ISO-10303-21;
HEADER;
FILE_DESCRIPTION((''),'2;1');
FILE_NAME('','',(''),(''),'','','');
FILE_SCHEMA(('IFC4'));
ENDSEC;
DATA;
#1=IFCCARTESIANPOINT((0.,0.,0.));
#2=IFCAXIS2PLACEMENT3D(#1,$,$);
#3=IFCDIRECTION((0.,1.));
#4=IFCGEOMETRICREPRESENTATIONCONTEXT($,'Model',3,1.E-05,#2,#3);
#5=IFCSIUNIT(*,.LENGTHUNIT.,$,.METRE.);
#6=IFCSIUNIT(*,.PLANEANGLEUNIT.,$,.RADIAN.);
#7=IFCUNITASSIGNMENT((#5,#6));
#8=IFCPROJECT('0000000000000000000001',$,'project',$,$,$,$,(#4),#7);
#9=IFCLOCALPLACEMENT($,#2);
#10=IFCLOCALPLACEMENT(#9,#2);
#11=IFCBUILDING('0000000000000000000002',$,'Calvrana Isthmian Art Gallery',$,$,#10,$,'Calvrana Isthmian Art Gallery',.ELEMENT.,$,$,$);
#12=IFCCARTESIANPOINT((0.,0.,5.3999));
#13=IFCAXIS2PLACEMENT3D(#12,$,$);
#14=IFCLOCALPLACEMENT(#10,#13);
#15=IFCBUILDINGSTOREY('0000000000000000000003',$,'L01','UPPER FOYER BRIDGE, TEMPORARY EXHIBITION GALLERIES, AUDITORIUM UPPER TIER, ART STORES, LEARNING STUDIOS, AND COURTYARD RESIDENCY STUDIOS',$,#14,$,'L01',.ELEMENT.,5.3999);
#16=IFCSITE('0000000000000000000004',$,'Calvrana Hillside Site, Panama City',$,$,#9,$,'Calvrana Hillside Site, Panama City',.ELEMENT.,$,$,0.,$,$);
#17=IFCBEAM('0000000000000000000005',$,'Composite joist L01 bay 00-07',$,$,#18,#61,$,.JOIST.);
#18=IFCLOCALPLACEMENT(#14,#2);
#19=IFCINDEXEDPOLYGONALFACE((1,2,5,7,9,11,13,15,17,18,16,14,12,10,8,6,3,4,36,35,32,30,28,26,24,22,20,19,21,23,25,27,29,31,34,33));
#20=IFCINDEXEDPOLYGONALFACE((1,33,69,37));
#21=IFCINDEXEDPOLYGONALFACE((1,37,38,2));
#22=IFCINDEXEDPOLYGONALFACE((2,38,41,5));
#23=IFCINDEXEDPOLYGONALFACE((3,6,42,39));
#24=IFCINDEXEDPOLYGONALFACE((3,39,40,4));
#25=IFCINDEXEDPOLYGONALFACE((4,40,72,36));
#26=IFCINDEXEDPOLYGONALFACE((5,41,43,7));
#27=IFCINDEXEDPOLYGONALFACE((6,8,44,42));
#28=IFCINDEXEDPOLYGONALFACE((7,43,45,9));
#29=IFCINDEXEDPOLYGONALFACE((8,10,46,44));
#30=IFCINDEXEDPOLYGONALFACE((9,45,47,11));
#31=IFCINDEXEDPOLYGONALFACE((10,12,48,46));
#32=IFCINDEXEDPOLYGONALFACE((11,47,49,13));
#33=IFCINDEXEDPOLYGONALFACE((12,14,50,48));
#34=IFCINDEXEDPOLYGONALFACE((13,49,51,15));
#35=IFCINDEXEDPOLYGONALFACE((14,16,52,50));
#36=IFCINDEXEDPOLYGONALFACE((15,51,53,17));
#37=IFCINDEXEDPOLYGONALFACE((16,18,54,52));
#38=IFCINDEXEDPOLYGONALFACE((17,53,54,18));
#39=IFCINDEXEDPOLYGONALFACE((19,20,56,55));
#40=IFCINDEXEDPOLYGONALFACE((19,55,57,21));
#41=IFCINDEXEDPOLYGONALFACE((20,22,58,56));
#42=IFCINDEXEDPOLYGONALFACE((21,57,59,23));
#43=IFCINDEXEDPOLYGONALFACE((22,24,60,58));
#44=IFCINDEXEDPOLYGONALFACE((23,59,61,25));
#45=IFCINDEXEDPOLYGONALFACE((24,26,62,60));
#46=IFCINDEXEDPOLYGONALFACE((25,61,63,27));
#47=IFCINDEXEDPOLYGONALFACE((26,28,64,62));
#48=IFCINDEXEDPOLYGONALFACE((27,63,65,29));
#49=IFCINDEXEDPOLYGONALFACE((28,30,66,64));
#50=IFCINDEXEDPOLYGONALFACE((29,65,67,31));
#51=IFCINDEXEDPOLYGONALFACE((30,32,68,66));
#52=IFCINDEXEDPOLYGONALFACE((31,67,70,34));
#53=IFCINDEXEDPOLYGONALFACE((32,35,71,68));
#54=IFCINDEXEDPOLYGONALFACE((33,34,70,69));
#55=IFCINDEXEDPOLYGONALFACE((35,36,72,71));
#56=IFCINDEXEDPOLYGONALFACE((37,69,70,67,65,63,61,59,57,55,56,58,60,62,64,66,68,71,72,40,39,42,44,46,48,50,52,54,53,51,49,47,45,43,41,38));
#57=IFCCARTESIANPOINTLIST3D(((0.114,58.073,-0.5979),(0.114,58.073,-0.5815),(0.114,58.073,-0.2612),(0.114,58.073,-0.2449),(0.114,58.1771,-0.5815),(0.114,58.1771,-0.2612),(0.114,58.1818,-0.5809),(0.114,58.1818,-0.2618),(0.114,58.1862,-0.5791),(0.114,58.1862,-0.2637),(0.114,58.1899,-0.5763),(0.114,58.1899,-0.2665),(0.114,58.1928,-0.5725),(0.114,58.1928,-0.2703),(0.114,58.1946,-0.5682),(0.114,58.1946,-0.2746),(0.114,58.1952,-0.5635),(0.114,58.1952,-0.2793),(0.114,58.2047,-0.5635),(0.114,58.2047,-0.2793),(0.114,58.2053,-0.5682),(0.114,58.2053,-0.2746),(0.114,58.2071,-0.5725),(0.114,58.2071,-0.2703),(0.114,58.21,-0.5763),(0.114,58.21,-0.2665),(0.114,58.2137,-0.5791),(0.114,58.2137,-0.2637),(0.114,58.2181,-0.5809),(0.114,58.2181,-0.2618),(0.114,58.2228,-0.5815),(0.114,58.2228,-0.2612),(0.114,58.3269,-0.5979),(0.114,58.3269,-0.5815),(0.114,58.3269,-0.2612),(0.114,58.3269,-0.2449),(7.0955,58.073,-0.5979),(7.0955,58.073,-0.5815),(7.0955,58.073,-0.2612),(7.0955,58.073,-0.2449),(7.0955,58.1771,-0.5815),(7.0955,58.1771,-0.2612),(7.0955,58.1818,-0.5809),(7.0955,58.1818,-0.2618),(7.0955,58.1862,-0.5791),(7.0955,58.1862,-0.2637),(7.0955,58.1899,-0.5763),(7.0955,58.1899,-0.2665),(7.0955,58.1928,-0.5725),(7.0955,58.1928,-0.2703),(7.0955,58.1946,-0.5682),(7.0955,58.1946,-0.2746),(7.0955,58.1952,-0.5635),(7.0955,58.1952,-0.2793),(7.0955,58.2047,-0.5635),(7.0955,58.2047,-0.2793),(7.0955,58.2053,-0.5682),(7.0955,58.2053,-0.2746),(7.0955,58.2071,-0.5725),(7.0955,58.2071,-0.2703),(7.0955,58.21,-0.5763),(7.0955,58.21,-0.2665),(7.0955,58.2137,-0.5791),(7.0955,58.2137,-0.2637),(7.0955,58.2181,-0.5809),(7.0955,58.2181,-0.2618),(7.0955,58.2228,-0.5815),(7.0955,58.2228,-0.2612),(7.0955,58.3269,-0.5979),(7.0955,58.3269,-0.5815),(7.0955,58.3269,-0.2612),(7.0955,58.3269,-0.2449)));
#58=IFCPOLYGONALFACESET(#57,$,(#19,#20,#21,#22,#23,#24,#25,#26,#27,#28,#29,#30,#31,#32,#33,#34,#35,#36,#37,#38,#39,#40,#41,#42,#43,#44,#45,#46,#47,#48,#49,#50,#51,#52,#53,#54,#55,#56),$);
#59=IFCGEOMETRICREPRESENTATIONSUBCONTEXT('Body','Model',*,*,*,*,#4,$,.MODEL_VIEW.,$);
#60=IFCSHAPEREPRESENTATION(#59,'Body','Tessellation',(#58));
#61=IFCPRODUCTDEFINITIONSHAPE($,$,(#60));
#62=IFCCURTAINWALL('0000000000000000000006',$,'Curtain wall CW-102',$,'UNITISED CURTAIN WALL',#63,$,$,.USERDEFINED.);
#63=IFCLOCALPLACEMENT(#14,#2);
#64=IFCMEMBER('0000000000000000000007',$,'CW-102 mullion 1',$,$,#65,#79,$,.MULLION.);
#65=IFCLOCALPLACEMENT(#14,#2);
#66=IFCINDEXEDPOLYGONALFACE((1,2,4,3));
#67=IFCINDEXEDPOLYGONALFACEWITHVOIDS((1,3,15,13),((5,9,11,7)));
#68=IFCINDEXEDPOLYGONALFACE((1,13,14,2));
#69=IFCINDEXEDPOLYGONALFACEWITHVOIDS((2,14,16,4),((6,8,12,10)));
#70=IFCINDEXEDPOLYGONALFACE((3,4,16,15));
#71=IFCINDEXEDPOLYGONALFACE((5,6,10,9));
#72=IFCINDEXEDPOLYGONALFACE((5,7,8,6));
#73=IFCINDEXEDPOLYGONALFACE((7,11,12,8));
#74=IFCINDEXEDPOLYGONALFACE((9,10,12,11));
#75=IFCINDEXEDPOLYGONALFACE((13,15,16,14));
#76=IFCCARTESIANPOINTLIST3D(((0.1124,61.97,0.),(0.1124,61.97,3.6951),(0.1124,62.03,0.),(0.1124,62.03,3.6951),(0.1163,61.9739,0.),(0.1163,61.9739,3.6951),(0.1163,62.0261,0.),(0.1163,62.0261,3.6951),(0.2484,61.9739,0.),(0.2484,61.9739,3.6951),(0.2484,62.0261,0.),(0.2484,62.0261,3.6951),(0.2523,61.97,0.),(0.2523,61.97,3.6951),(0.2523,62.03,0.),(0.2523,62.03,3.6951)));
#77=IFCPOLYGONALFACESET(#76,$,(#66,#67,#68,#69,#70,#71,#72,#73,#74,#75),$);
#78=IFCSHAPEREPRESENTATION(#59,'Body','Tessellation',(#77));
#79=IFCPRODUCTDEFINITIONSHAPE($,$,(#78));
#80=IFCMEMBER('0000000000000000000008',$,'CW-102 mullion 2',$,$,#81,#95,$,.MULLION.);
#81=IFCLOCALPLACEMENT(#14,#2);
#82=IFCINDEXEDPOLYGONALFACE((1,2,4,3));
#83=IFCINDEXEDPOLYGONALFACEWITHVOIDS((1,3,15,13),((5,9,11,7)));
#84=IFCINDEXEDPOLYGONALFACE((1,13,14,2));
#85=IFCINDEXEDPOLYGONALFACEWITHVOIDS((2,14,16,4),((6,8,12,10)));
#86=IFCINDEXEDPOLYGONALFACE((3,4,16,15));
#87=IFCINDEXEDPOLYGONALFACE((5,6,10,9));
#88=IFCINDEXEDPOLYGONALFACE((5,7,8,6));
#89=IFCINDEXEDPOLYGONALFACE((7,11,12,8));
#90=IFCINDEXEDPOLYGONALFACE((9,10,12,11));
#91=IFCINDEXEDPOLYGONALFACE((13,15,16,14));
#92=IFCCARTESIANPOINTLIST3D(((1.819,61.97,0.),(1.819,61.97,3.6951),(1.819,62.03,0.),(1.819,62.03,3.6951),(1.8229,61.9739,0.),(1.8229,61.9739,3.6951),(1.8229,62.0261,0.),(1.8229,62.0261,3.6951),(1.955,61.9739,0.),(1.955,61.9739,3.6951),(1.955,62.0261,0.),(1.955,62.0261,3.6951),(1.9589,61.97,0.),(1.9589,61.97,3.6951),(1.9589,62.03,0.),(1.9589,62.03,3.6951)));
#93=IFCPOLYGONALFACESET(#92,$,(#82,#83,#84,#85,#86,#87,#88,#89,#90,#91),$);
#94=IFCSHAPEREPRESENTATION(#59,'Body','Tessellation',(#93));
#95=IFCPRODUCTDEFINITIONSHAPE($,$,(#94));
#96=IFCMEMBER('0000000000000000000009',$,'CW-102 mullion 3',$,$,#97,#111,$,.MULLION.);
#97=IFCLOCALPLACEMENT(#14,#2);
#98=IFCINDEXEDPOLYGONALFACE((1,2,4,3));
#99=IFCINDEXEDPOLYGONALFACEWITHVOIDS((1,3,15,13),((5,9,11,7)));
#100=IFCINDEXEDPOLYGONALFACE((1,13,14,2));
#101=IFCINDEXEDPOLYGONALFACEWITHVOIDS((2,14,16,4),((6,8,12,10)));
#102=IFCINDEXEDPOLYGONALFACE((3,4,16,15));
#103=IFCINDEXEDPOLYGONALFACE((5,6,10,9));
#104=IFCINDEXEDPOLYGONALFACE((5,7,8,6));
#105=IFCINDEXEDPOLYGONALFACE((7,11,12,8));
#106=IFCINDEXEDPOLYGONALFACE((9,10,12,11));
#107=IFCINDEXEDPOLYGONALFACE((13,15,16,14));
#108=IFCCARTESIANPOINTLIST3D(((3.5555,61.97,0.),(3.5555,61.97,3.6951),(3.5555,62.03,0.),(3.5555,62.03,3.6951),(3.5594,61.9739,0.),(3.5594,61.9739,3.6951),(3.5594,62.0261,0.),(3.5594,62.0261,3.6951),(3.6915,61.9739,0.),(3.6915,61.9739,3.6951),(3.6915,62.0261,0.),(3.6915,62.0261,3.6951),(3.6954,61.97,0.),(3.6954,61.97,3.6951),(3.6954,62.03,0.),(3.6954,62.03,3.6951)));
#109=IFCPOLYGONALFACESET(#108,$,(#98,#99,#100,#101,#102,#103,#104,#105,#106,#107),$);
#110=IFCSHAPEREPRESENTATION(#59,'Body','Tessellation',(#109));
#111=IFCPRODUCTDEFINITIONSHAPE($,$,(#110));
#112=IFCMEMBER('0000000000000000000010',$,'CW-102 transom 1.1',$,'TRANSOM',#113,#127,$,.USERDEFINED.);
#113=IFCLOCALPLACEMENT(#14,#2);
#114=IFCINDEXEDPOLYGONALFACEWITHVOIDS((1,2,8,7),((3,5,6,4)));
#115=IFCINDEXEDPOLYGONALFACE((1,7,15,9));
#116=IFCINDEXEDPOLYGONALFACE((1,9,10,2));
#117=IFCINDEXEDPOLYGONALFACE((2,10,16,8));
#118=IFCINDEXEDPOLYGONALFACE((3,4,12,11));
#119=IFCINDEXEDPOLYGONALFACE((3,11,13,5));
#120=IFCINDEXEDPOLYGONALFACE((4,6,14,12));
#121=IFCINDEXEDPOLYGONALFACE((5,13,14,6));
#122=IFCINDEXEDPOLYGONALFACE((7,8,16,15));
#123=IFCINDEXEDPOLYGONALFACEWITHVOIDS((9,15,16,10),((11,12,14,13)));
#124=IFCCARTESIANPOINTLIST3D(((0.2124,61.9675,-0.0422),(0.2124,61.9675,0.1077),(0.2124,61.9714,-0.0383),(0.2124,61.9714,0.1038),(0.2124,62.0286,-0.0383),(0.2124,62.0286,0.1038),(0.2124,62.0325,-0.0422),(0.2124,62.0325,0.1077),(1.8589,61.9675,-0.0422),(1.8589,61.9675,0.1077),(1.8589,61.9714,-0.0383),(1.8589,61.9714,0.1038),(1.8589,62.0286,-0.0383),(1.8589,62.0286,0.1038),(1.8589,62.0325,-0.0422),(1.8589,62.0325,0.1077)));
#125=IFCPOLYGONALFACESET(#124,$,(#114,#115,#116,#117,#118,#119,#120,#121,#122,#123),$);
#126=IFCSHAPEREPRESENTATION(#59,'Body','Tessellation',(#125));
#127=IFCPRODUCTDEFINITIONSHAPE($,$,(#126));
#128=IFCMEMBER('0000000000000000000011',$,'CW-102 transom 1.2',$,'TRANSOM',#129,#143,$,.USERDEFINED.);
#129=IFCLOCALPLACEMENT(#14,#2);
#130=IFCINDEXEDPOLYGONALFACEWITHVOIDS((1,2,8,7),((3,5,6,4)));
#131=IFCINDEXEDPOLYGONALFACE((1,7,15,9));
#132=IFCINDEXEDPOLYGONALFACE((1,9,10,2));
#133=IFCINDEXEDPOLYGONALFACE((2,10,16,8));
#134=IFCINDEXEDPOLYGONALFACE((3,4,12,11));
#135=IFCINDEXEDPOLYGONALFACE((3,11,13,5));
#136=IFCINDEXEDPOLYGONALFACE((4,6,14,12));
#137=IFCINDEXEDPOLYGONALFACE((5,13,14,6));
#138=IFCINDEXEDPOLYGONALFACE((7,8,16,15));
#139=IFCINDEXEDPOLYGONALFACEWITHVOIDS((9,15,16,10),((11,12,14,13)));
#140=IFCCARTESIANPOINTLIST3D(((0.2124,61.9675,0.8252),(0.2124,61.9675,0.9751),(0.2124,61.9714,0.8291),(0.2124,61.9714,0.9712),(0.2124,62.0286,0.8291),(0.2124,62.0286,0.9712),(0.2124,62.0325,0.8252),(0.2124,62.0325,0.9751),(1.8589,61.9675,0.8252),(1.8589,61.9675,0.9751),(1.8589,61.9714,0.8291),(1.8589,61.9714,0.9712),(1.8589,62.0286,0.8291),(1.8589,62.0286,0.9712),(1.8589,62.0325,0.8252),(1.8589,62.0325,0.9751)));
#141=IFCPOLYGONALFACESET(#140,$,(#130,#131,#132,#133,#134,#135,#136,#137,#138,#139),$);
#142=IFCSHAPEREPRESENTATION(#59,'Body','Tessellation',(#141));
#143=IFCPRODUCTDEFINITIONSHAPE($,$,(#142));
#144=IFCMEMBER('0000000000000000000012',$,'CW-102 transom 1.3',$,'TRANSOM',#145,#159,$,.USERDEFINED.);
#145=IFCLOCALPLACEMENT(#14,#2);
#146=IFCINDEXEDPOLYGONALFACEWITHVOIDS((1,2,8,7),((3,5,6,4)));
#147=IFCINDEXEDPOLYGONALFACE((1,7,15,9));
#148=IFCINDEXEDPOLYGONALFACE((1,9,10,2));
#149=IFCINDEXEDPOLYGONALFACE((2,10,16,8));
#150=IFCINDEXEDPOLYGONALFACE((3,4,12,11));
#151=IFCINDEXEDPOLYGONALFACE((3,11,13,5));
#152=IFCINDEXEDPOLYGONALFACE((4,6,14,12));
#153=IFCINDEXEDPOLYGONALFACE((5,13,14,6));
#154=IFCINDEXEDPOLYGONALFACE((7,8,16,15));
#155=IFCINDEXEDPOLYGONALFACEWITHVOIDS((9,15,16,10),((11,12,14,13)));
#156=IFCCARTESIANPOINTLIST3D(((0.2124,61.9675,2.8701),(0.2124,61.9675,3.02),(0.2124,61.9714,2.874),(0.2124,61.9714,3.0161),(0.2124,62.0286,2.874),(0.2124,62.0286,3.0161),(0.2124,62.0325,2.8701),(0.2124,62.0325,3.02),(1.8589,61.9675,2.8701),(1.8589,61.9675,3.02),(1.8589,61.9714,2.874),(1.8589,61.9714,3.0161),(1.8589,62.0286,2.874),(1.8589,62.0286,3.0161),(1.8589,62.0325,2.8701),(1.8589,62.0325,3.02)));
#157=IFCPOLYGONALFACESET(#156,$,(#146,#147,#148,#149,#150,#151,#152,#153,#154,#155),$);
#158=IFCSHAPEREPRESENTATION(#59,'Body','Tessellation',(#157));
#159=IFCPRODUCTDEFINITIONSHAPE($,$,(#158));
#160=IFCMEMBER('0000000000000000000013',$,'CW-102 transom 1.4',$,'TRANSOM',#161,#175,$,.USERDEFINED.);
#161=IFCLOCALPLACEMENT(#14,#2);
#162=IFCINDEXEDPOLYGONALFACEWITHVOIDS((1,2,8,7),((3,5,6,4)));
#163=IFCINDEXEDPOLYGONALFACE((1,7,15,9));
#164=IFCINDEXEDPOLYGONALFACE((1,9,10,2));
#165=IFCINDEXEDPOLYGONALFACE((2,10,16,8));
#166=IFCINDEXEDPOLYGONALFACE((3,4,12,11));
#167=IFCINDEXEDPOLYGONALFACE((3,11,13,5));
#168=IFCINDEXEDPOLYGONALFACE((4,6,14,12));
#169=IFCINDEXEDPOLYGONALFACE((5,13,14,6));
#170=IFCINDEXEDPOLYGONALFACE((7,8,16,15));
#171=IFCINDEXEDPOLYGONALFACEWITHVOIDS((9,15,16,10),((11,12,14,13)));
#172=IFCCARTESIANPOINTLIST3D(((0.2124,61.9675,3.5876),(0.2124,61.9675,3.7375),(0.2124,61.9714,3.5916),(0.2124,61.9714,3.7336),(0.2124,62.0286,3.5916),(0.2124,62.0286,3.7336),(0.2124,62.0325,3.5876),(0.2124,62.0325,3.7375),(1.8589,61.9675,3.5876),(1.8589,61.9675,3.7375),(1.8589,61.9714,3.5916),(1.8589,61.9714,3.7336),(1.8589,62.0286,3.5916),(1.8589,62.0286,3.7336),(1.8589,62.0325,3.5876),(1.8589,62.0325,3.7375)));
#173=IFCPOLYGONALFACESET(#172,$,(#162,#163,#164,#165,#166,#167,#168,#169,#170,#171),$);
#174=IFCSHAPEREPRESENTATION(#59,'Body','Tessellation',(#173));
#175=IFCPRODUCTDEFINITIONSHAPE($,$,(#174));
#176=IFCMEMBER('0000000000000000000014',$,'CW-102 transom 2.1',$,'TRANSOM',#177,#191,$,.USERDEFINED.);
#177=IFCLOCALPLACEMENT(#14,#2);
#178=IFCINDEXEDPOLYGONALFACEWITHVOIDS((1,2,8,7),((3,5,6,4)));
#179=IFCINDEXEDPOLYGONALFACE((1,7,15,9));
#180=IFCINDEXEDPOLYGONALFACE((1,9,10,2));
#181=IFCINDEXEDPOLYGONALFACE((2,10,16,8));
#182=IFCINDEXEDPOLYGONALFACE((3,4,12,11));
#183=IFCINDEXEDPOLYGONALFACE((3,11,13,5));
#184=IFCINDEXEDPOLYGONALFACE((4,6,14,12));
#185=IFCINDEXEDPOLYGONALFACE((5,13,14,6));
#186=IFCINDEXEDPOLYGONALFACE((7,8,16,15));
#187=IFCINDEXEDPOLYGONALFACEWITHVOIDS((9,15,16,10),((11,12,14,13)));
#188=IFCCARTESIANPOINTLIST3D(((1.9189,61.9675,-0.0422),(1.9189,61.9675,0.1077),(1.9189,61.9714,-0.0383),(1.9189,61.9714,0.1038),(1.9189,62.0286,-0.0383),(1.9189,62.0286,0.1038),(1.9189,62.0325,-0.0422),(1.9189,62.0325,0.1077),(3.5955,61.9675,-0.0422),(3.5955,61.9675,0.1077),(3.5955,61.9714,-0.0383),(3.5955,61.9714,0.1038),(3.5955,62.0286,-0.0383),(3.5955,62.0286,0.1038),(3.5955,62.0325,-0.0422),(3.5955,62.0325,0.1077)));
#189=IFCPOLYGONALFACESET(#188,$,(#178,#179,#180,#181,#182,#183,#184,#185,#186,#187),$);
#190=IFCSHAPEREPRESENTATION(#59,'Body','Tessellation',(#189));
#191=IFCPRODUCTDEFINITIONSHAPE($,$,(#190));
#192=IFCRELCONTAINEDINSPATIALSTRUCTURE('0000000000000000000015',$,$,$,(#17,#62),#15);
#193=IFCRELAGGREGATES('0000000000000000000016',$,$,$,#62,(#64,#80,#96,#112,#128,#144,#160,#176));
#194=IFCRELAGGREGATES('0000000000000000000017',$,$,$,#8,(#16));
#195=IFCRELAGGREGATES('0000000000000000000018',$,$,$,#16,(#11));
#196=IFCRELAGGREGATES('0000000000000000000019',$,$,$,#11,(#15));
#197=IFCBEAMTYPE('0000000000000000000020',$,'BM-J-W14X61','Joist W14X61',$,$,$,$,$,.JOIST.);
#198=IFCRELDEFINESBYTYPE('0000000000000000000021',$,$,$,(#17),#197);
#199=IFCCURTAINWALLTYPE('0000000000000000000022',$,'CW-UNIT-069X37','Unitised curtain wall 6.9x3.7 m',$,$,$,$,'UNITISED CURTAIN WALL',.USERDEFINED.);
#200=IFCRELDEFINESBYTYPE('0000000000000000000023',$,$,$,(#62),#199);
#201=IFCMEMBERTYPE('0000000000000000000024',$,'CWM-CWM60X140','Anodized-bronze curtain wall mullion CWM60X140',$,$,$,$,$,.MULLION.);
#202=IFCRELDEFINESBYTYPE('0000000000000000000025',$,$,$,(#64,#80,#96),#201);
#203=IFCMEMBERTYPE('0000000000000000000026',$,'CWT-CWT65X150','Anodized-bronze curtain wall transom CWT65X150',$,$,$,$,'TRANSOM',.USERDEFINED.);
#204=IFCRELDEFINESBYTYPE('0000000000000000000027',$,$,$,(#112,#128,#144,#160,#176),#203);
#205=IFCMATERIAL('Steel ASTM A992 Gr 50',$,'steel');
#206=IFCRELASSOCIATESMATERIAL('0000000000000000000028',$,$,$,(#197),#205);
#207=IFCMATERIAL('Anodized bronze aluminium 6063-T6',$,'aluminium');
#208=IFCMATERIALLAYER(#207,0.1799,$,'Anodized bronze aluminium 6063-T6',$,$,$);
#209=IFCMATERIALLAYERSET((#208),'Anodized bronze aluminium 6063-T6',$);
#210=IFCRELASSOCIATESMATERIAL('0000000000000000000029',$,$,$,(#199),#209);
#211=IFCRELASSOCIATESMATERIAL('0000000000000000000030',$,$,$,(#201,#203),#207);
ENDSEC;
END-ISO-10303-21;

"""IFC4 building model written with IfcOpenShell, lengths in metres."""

from ifc_helpers import new_model, si_unit, direction, frame, origin, origin_2d, place, context, subcontext, project, spatial, hollow_rectangle, i_section, extrude, material, layer, layer_set, material_profile, profile_set, type_object, element, aggregate, save


model = new_model("IFC4")

# Units and contexts
model_context = context("Model", 3, precision=1e-05, world=origin(), true_north=direction((0.0, 1.0)))
body_context = subcontext(model_context, "Body", "Model", "MODEL_VIEW")
ifc_project = project(units=[si_unit("LENGTHUNIT", "METRE"), si_unit("PLANEANGLEUNIT", "RADIAN")], contexts=[model_context])

# Site, building, storey
site_placement = place(None, origin())
site = spatial("IfcSite", under=ifc_project, at=site_placement, Name="Calvrana Hillside Site, Panama City", LongName="Calvrana Hillside Site, Panama City", CompositionType="ELEMENT", RefElevation=0.0)
building_placement = place(site_placement, origin())
building = spatial("IfcBuilding", under=site, at=building_placement, Name="Calvrana Isthmian Art Gallery", LongName="Calvrana Isthmian Art Gallery", CompositionType="ELEMENT")
storey_placement = place(building_placement, frame((0.0, 0.0, 5.3999)))
storey = spatial("IfcBuildingStorey", under=building, at=storey_placement, Name="L01", Description="UPPER FOYER BRIDGE, TEMPORARY EXHIBITION GALLERIES, AUDITORIUM UPPER TIER, ART STORES, LEARNING STUDIOS, AND COURTYARD RESIDENCY STUDIOS", LongName="L01", CompositionType="ELEMENT", Elevation=5.3999)

# Beam
ifc_material_1 = material(Name="Steel ASTM A992 Gr 50", Category="steel")
ifc_material_profile_1 = material_profile(ifc_material_1, i_section(OverallWidth=0.2539, OverallDepth=0.353, WebThickness=0.0095, FlangeThickness=0.0164, FilletRadius=0.0181, at=origin_2d()), Name="W14X61")
ifc_profile_set_1 = profile_set([ifc_material_profile_1], Name="Steel ASTM A992 Gr 50")
beam_type_1 = type_object("IfcBeamType", Name="BM-J-W14X61", Description="Joist W14X61", PredefinedType="JOIST", material=ifc_profile_set_1)
beam_1_placement = place(storey_placement, frame((0.114, 58.2, -0.4214), z_axis=(1.0, 0.0, 0.0), x_axis=(0.0, 1.0, 0.0)))
element("IfcBeam", 1, at=beam_1_placement, inside=storey, type_object=beam_type_1, Name="Composite joist L01 bay 00-07", PredefinedType="JOIST", context=body_context, shape_type="SweptSolid", body=[
    extrude(i_section(OverallWidth=0.2539, OverallDepth=0.353, WebThickness=0.0095, FlangeThickness=0.0164, FilletRadius=0.0181, at=origin_2d()), origin(), (0.0, 0.0, 1.0), 6.9814),
])

# Curtain wall, members
ifc_material_2 = material(Name="Anodized bronze aluminium 6063-T6", Category="aluminium")
ifc_layer_1 = layer(ifc_material_2, 0.1799, Name="Anodized bronze aluminium 6063-T6")
ifc_layer_set_1 = layer_set([ifc_layer_1], Name="Anodized bronze aluminium 6063-T6")
curtain_wall_type = type_object("IfcCurtainWallType", Name="CW-UNIT-069X37", Description="Unitised curtain wall 6.9x3.7 m", ElementType="UNITISED CURTAIN WALL", PredefinedType="USERDEFINED", material=ifc_layer_set_1)
curtain_wall_placement = place(storey_placement, origin())
curtain_wall = element("IfcCurtainWall", 2, at=curtain_wall_placement, inside=storey, type_object=curtain_wall_type, Name="Curtain wall CW-102", ObjectType="UNITISED CURTAIN WALL", PredefinedType="USERDEFINED")
ifc_material_profile_2 = material_profile(ifc_material_2, hollow_rectangle(XDim=0.0601, YDim=0.1399, WallThickness=0.0039, at=origin_2d()), Name="CWM60X140")
ifc_profile_set_2 = profile_set([ifc_material_profile_2], Name="Anodized bronze aluminium 6063-T6")
member_type_1 = type_object("IfcMemberType", Name="CWM-CWM60X140", Description="Anodized-bronze curtain wall mullion CWM60X140", PredefinedType="MULLION", material=ifc_profile_set_2)
member_1_placement = place(storey_placement, frame((0.1824, 62.0, 0.0), z_axis=(0.0, 0.0, 1.0), x_axis=(0.0, 1.0, 0.0)))
member_1 = element("IfcMember", 3, at=member_1_placement, type_object=member_type_1, Name="CW-102 mullion 1", PredefinedType="MULLION", context=body_context, shape_type="SweptSolid", body=[
    extrude(hollow_rectangle(XDim=0.0601, YDim=0.1399, WallThickness=0.0039, at=origin_2d()), origin(), (0.0, 0.0, 1.0), 3.6951),
])
member_2_placement = place(storey_placement, frame((1.8889, 62.0, 0.0), z_axis=(0.0, 0.0, 1.0), x_axis=(0.0, 1.0, 0.0)))
member_2 = element("IfcMember", 4, at=member_2_placement, type_object=member_type_1, Name="CW-102 mullion 2", PredefinedType="MULLION", context=body_context, shape_type="SweptSolid", body=[
    extrude(hollow_rectangle(XDim=0.0601, YDim=0.1399, WallThickness=0.0039, at=origin_2d()), origin(), (0.0, 0.0, 1.0), 3.6951),
])
member_3_placement = place(storey_placement, frame((3.6255, 62.0, 0.0), z_axis=(0.0, 0.0, 1.0), x_axis=(0.0, 1.0, 0.0)))
member_3 = element("IfcMember", 5, at=member_3_placement, type_object=member_type_1, Name="CW-102 mullion 3", PredefinedType="MULLION", context=body_context, shape_type="SweptSolid", body=[
    extrude(hollow_rectangle(XDim=0.0601, YDim=0.1399, WallThickness=0.0039, at=origin_2d()), origin(), (0.0, 0.0, 1.0), 3.6951),
])
ifc_material_profile_3 = material_profile(ifc_material_2, hollow_rectangle(XDim=0.0649, YDim=0.1499, WallThickness=0.0039, at=origin_2d()), Name="CWT65X150")
ifc_profile_set_3 = profile_set([ifc_material_profile_3], Name="Anodized bronze aluminium 6063-T6")
member_type_2 = type_object("IfcMemberType", Name="CWT-CWT65X150", Description="Anodized-bronze curtain wall transom CWT65X150", ElementType="TRANSOM", PredefinedType="USERDEFINED", material=ifc_profile_set_3)
member_4_placement = place(storey_placement, frame((0.2124, 62.0, 0.0327), z_axis=(1.0, 0.0, 0.0), x_axis=(0.0, 1.0, 0.0)))
member_4 = element("IfcMember", 6, at=member_4_placement, type_object=member_type_2, Name="CW-102 transom 1.1", ObjectType="TRANSOM", PredefinedType="USERDEFINED", context=body_context, shape_type="SweptSolid", body=[
    extrude(hollow_rectangle(XDim=0.0649, YDim=0.1499, WallThickness=0.0039, at=origin_2d()), origin(), (0.0, 0.0, 1.0), 1.6465),
])
member_5_placement = place(storey_placement, frame((0.2124, 62.0, 0.9001), z_axis=(1.0, 0.0, 0.0), x_axis=(0.0, 1.0, 0.0)))
member_5 = element("IfcMember", 7, at=member_5_placement, type_object=member_type_2, Name="CW-102 transom 1.2", ObjectType="TRANSOM", PredefinedType="USERDEFINED", context=body_context, shape_type="SweptSolid", body=[
    extrude(hollow_rectangle(XDim=0.0649, YDim=0.1499, WallThickness=0.0039, at=origin_2d()), origin(), (0.0, 0.0, 1.0), 1.6465),
])
member_6_placement = place(storey_placement, frame((0.2124, 62.0, 2.9451), z_axis=(1.0, 0.0, 0.0), x_axis=(0.0, 1.0, 0.0)))
member_6 = element("IfcMember", 8, at=member_6_placement, type_object=member_type_2, Name="CW-102 transom 1.3", ObjectType="TRANSOM", PredefinedType="USERDEFINED", context=body_context, shape_type="SweptSolid", body=[
    extrude(hollow_rectangle(XDim=0.0649, YDim=0.1499, WallThickness=0.0039, at=origin_2d()), origin(), (0.0, 0.0, 1.0), 1.6465),
])
member_7_placement = place(storey_placement, frame((0.2124, 62.0, 3.6626), z_axis=(1.0, 0.0, 0.0), x_axis=(0.0, 1.0, 0.0)))
member_7 = element("IfcMember", 9, at=member_7_placement, type_object=member_type_2, Name="CW-102 transom 1.4", ObjectType="TRANSOM", PredefinedType="USERDEFINED", context=body_context, shape_type="SweptSolid", body=[
    extrude(hollow_rectangle(XDim=0.0649, YDim=0.1499, WallThickness=0.0039, at=origin_2d()), origin(), (0.0, 0.0, 1.0), 1.6465),
])
member_8_placement = place(storey_placement, frame((1.9189, 62.0, 0.0327), z_axis=(1.0, 0.0, 0.0), x_axis=(0.0, 1.0, 0.0)))
member_8 = element("IfcMember", 10, at=member_8_placement, type_object=member_type_2, Name="CW-102 transom 2.1", ObjectType="TRANSOM", PredefinedType="USERDEFINED", context=body_context, shape_type="SweptSolid", body=[
    extrude(hollow_rectangle(XDim=0.0649, YDim=0.1499, WallThickness=0.0039, at=origin_2d()), origin(), (0.0, 0.0, 1.0), 1.6765),
])
aggregate(curtain_wall, [member_1, member_2, member_3, member_4, member_5, member_6, member_7, member_8])

save(model, "model.ifc")
